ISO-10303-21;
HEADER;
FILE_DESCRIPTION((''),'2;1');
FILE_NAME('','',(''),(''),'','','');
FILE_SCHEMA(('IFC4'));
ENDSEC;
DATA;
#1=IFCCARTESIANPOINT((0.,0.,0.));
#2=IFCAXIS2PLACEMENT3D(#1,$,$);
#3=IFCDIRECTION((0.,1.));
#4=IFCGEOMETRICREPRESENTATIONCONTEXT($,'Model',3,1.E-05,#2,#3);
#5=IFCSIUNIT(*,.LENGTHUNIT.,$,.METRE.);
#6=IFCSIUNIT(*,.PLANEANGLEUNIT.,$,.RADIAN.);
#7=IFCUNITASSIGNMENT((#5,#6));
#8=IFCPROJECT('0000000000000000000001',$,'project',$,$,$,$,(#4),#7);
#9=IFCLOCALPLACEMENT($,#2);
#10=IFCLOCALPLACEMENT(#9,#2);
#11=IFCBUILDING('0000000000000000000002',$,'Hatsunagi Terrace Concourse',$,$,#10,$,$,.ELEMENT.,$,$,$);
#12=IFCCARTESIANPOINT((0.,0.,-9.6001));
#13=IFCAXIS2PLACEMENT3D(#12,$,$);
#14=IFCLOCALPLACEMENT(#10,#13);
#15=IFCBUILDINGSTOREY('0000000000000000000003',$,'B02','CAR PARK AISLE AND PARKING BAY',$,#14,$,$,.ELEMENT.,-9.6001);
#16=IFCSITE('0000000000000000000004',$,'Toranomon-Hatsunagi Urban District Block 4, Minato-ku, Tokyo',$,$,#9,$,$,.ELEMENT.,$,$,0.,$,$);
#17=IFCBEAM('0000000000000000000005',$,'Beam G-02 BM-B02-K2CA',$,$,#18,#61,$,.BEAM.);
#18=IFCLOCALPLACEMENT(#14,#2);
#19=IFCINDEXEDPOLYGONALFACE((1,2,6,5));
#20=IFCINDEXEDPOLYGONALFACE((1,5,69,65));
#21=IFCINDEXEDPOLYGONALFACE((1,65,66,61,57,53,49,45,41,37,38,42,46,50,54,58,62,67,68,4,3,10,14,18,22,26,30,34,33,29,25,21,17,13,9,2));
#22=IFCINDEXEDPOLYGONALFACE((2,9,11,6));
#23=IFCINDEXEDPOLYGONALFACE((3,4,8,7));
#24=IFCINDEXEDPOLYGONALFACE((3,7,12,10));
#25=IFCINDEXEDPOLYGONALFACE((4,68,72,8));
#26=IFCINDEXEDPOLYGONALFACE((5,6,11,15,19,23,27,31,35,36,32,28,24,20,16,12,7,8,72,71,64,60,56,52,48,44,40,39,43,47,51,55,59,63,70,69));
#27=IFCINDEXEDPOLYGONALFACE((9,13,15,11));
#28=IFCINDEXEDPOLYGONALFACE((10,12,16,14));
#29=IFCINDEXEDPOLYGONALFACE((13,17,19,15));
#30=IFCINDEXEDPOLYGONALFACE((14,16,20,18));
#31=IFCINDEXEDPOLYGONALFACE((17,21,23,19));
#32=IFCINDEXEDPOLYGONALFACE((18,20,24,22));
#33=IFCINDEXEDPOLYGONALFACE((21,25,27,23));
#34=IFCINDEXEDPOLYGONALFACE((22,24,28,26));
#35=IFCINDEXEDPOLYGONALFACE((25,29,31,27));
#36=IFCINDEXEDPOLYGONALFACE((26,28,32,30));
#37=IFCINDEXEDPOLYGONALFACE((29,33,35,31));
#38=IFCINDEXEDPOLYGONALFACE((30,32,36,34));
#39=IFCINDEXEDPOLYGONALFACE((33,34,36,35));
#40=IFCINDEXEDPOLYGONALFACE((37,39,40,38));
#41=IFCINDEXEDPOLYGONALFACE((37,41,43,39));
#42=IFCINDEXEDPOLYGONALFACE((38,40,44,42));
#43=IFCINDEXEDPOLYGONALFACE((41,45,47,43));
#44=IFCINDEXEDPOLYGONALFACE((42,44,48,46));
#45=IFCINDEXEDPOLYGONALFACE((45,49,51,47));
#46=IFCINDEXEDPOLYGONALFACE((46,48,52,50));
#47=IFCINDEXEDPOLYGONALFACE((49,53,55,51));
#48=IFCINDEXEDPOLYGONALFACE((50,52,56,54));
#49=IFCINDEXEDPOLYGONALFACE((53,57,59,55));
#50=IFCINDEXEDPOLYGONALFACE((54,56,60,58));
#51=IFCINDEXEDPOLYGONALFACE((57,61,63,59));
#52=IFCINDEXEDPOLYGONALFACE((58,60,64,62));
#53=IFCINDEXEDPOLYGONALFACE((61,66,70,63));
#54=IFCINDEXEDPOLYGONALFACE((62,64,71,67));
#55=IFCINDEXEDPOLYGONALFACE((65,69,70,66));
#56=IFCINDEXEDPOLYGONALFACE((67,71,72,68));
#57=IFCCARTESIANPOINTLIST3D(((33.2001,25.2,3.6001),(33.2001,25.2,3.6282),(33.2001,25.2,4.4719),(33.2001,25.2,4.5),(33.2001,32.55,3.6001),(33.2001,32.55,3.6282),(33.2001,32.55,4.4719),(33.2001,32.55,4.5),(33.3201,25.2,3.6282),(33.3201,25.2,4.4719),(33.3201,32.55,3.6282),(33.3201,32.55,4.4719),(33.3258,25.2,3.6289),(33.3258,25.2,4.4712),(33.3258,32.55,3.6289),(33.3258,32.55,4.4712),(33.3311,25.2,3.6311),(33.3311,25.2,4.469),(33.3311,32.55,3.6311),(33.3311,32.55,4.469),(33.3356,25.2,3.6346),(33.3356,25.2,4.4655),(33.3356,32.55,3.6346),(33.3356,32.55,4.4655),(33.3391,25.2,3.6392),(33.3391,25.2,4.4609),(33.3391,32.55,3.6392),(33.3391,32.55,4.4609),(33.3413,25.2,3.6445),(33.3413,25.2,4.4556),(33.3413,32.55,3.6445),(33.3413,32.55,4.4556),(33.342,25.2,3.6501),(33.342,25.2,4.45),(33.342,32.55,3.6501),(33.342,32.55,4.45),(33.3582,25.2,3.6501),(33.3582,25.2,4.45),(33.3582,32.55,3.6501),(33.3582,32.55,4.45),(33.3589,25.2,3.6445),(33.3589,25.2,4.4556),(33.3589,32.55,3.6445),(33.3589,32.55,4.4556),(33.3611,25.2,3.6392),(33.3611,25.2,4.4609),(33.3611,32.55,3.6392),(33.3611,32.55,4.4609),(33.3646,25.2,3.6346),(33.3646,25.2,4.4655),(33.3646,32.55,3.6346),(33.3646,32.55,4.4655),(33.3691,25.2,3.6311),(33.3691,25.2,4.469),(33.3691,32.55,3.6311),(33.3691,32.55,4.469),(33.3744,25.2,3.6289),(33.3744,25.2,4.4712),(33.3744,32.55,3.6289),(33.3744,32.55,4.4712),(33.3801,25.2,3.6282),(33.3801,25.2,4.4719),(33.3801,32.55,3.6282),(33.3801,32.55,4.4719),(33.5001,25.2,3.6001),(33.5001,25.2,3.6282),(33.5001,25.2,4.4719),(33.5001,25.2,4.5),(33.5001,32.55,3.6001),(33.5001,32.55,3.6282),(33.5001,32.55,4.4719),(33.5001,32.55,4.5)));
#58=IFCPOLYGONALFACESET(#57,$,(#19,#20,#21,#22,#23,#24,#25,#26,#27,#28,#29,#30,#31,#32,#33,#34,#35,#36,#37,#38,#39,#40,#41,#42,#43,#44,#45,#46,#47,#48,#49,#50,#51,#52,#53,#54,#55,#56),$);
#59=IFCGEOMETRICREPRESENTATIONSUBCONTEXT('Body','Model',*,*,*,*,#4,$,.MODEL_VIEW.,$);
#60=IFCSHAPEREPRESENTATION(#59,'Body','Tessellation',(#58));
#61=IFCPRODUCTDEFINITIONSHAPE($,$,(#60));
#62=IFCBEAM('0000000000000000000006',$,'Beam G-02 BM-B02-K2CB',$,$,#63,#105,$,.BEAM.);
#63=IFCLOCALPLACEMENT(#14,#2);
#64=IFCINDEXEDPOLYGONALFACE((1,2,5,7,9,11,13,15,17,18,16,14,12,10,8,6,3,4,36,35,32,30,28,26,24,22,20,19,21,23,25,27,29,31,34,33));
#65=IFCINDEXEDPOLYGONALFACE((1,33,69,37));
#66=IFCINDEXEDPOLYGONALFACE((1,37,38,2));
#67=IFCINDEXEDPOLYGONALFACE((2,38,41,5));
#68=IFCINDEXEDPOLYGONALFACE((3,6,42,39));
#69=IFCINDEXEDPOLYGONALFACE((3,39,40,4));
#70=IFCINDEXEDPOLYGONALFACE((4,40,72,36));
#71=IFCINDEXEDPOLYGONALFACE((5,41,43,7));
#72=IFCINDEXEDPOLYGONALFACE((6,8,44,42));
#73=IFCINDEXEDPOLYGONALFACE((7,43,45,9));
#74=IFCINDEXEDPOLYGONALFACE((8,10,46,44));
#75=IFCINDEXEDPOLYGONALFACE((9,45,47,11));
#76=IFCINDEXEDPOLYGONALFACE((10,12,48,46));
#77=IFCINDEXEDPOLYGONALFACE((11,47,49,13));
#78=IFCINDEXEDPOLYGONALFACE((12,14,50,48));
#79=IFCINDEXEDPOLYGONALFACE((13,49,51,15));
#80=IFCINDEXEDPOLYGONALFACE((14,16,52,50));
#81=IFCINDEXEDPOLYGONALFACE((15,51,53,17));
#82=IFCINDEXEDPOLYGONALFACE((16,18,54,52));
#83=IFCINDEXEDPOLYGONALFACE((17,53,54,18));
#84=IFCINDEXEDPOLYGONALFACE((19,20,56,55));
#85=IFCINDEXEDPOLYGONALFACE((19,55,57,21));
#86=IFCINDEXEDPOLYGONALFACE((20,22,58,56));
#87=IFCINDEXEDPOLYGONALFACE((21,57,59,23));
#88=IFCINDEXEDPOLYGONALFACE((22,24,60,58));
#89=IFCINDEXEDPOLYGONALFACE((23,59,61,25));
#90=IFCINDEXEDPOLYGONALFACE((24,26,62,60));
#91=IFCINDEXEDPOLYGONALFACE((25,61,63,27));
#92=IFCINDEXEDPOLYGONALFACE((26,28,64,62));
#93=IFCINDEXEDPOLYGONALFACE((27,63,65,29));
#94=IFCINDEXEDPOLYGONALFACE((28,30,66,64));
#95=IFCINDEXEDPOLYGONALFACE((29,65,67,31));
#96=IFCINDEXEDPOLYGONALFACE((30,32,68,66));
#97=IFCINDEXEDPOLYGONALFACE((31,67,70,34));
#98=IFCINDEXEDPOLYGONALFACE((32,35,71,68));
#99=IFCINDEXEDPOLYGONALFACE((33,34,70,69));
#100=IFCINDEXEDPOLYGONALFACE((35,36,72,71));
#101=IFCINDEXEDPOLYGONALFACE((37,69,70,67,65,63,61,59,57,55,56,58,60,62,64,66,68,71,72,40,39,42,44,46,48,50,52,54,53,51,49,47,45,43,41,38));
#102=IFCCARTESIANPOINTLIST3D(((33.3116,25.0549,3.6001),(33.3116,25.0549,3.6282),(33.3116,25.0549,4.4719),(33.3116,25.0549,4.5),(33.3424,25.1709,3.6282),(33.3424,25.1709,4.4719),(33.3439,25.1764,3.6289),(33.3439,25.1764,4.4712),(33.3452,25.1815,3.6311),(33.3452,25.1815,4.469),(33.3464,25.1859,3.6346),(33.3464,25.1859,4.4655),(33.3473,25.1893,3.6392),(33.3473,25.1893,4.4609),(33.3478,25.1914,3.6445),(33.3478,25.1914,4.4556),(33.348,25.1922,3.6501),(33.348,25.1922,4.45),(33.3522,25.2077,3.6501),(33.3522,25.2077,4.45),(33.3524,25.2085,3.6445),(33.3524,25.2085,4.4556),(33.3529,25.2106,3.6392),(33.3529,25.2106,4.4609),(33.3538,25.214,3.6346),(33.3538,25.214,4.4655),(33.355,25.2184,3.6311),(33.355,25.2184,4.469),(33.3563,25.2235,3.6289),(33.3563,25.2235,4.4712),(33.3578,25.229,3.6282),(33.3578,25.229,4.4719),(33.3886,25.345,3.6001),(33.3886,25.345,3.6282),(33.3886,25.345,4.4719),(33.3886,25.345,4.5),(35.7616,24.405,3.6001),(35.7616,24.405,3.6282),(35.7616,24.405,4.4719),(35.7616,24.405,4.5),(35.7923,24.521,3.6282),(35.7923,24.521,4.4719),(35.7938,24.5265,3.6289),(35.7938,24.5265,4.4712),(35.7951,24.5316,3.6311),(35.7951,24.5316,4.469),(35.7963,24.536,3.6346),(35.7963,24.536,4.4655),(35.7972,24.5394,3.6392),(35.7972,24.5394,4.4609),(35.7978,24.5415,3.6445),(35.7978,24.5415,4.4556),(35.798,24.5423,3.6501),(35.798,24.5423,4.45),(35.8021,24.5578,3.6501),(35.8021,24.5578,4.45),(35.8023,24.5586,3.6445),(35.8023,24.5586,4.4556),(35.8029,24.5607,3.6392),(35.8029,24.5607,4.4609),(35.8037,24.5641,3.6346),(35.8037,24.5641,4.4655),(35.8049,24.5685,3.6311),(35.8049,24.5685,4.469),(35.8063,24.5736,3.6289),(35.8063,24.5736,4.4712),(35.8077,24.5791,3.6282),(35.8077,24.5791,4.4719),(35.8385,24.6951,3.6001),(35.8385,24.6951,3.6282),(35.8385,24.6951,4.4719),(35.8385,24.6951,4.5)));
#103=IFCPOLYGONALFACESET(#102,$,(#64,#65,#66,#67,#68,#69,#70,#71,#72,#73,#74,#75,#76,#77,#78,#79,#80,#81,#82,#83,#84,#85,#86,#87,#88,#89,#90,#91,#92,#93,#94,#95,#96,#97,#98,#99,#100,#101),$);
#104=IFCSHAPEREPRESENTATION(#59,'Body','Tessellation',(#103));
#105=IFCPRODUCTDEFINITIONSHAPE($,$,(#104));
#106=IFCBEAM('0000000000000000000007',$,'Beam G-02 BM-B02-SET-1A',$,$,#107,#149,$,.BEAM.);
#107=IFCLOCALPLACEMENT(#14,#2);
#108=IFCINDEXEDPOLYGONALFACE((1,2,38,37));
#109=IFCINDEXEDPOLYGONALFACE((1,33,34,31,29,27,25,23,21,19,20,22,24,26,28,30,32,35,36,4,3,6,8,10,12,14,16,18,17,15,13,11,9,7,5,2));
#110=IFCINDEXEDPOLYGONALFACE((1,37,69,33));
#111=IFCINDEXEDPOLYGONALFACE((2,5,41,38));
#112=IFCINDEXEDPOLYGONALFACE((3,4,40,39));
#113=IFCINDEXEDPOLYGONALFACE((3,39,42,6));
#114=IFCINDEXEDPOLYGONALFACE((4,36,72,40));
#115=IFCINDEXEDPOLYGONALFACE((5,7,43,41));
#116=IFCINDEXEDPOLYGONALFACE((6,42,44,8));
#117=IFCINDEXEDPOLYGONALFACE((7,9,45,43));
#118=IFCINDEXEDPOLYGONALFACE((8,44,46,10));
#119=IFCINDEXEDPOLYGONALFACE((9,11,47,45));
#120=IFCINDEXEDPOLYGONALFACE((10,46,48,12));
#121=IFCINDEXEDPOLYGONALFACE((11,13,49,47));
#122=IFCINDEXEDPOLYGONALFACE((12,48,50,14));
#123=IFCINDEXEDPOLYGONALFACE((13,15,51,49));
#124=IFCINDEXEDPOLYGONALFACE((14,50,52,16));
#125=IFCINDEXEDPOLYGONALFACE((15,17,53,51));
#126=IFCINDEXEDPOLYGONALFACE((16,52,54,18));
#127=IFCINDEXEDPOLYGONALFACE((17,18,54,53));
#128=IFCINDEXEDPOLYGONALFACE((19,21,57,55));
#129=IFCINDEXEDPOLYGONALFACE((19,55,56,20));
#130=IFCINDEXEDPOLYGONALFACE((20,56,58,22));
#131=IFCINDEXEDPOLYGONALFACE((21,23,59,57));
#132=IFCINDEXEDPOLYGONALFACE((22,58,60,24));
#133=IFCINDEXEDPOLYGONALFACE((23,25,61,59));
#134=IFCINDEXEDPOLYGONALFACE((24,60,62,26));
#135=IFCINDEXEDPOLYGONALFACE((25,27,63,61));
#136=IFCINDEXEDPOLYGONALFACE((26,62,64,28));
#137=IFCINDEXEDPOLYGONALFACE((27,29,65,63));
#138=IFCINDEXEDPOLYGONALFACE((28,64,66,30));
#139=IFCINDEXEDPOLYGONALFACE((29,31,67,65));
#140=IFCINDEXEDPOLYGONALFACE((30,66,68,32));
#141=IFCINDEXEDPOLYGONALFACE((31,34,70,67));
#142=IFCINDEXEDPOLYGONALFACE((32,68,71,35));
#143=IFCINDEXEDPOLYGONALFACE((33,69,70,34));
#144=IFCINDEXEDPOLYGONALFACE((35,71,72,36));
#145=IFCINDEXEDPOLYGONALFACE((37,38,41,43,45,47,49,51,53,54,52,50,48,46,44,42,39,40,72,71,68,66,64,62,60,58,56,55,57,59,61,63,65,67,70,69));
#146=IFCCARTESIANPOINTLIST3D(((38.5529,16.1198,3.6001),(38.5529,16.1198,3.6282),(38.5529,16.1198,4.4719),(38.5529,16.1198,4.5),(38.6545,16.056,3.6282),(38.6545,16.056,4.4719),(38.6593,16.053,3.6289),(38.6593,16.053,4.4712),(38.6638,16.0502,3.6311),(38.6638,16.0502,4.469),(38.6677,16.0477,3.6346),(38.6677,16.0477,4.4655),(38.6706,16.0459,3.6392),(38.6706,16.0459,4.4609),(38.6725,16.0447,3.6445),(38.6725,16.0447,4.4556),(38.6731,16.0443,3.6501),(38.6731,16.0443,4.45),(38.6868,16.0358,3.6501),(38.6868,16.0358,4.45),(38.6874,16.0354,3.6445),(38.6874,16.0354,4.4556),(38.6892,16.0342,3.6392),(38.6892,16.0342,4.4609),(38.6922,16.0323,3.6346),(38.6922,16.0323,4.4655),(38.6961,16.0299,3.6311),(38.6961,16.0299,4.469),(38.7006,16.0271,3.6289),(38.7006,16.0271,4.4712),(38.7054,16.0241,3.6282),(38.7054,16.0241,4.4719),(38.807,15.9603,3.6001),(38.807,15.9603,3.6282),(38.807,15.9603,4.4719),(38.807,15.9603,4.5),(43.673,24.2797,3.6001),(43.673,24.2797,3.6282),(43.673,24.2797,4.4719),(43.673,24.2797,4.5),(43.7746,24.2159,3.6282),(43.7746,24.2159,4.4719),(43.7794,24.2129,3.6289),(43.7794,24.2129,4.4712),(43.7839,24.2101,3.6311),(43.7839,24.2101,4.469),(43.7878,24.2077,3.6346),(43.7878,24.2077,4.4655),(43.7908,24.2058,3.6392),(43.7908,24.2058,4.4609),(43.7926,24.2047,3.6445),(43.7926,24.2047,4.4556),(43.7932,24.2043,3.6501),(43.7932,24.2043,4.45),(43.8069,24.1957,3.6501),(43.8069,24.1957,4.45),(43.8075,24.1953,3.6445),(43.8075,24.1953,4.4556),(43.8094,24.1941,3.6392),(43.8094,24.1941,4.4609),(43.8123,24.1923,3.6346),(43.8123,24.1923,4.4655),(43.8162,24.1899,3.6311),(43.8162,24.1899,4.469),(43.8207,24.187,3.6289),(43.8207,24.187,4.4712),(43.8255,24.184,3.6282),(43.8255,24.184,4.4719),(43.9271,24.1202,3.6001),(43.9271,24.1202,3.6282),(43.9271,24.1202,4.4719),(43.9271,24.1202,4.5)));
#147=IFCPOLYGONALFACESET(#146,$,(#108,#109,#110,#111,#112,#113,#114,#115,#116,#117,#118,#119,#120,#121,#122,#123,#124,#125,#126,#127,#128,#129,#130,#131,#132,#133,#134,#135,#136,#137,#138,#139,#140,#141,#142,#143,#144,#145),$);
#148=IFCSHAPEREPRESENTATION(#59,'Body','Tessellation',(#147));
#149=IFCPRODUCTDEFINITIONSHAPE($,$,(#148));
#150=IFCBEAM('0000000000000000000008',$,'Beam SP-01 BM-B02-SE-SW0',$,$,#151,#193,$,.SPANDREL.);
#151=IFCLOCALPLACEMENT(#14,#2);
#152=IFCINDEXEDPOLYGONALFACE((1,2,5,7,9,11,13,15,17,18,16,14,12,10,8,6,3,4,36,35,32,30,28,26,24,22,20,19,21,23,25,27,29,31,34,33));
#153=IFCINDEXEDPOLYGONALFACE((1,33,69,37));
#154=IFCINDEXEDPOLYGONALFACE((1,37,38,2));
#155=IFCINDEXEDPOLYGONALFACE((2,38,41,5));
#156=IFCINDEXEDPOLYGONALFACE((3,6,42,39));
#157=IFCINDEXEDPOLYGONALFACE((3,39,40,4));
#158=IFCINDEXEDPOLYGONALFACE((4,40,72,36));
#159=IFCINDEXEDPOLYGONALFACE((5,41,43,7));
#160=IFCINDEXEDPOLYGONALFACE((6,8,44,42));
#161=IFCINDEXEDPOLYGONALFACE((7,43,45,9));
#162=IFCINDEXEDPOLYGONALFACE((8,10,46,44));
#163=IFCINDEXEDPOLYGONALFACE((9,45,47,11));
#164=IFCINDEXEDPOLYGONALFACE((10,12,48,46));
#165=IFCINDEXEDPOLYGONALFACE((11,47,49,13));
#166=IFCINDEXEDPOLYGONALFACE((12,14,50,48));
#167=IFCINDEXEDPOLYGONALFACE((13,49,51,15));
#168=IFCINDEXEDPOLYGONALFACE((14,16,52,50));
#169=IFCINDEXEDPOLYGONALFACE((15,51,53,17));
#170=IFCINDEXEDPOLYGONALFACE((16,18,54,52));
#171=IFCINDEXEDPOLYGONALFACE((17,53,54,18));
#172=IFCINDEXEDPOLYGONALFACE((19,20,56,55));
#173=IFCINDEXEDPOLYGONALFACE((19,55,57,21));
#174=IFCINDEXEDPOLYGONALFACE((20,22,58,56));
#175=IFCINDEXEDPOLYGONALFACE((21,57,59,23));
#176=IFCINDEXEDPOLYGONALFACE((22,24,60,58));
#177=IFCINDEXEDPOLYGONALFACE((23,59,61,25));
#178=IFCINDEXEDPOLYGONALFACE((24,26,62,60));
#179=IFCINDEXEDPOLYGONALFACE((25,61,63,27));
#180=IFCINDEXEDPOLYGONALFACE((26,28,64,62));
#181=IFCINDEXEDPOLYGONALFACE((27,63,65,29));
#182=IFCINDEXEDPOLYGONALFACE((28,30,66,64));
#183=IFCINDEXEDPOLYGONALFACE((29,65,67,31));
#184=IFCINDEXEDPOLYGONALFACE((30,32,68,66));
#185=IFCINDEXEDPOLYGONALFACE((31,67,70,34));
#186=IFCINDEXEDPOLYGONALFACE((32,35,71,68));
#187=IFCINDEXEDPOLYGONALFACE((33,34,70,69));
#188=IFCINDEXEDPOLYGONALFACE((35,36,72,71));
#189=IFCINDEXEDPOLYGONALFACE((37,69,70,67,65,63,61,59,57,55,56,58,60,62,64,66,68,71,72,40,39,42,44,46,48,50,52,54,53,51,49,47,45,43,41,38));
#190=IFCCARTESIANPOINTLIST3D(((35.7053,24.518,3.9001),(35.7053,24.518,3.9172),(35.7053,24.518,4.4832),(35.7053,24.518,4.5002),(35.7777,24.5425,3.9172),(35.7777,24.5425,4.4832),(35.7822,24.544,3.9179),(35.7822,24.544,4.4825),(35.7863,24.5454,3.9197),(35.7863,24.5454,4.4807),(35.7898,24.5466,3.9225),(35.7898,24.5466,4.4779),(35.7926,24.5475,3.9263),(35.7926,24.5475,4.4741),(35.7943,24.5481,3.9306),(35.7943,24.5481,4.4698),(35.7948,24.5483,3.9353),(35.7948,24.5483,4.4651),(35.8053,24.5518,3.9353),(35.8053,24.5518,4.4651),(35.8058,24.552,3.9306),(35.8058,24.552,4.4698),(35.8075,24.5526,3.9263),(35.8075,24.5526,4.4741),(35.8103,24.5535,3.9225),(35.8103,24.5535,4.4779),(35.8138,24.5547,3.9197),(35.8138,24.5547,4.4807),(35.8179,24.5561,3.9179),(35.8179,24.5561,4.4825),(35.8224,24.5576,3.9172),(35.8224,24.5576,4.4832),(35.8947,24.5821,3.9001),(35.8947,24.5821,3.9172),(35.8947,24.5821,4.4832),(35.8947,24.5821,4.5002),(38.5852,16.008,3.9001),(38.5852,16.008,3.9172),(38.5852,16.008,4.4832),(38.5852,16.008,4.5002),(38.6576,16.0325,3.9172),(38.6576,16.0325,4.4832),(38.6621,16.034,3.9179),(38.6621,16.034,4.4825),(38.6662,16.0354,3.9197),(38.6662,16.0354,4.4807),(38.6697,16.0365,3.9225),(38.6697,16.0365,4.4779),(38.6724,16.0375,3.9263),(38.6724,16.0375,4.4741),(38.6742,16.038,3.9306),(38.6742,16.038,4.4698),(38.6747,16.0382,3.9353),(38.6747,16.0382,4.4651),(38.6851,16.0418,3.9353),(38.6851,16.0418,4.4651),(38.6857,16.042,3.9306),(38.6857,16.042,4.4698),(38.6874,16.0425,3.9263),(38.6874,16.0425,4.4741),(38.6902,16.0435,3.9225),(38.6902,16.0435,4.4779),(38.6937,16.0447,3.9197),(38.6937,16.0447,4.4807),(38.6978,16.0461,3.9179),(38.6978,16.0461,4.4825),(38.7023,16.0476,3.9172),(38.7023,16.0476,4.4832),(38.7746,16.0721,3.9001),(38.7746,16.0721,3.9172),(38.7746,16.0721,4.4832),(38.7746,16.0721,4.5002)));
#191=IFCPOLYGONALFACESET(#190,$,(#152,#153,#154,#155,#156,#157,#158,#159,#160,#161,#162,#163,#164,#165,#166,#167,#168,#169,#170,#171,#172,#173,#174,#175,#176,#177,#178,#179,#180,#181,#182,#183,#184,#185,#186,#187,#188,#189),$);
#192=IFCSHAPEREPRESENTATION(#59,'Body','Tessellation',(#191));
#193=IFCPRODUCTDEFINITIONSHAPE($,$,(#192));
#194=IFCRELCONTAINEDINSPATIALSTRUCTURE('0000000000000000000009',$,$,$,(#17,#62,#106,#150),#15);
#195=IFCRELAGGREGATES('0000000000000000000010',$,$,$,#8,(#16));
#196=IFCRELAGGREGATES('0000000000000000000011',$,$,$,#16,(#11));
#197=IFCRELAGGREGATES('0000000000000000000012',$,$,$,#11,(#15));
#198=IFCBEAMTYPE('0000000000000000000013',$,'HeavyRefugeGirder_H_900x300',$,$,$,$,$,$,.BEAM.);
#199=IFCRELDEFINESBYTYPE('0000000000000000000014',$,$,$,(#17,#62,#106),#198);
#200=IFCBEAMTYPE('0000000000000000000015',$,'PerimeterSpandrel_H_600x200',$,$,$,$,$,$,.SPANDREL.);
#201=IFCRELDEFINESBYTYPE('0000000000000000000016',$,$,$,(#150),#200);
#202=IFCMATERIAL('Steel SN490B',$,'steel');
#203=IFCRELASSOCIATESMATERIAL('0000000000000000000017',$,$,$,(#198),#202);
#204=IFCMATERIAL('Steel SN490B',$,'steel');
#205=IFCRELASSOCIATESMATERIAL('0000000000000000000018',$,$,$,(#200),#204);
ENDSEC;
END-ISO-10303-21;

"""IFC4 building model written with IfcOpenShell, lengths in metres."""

from ifc_helpers import new_model, si_unit, direction, frame, origin, origin_2d, place, context, subcontext, project, spatial, i_section, extrude, material, material_profile, profile_set, type_object, element, save


model = new_model("IFC4")

# Units and contexts
model_context = context("Model", 3, precision=1e-05, world=origin(), true_north=direction((0.0, 1.0)))
body_context = subcontext(model_context, "Body", "Model", "MODEL_VIEW")
ifc_project = project(units=[si_unit("LENGTHUNIT", "METRE"), si_unit("PLANEANGLEUNIT", "RADIAN")], contexts=[model_context])

# Site, building, storey
site_placement = place(None, origin())
site = spatial("IfcSite", under=ifc_project, at=site_placement, Name="Toranomon-Hatsunagi Urban District Block 4, Minato-ku, Tokyo", CompositionType="ELEMENT", RefElevation=0.0)
building_placement = place(site_placement, origin())
building = spatial("IfcBuilding", under=site, at=building_placement, Name="Hatsunagi Terrace Concourse", CompositionType="ELEMENT")
storey_placement = place(building_placement, frame((0.0, 0.0, -9.6001)))
storey = spatial("IfcBuildingStorey", under=building, at=storey_placement, Name="B02", Description="CAR PARK AISLE AND PARKING BAY", CompositionType="ELEMENT", Elevation=-9.6001)

# Beams
ifc_material_1 = material(Name="Steel SN490B", Category="steel")
ifc_material_profile_1 = material_profile(ifc_material_1, i_section(OverallWidth=0.3, OverallDepth=0.8999, WebThickness=0.0161, FlangeThickness=0.0281, FilletRadius=0.022, at=origin_2d()), Name="H-900x300x16x28")
ifc_profile_set_1 = profile_set([ifc_material_profile_1], Name="Steel SN490B")
beam_type_1 = type_object("IfcBeamType", Name="HeavyRefugeGirder_H_900x300", PredefinedType="BEAM", material=ifc_profile_set_1)
beam_1_placement = place(storey_placement, frame((33.3501, 25.2, 4.05), z_axis=(0.0, 1.0, 0.0), x_axis=(-1.0, 0.0, 0.0)))
element("IfcBeam", 1, at=beam_1_placement, inside=storey, type_object=beam_type_1, Name="Beam G-02 BM-B02-K2CA", PredefinedType="BEAM", context=body_context, shape_type="SweptSolid", body=[
    extrude(i_section(OverallWidth=0.3, OverallDepth=0.8999, WebThickness=0.0161, FlangeThickness=0.0281, FilletRadius=0.022, at=origin_2d()), origin(), (0.0, 0.0, 1.0), 7.3501),
])
beam_2_placement = place(storey_placement, frame((33.3501, 25.2, 4.05), z_axis=(0.96657, -0.256403, 0.0), x_axis=(0.256403, 0.96657, 0.0)))
element("IfcBeam", 2, at=beam_2_placement, inside=storey, type_object=beam_type_1, Name="Beam G-02 BM-B02-K2CB", PredefinedType="BEAM", context=body_context, shape_type="SweptSolid", body=[
    extrude(i_section(OverallWidth=0.3, OverallDepth=0.8999, WebThickness=0.0161, FlangeThickness=0.0281, FilletRadius=0.022, at=origin_2d()), origin(), (0.0, 0.0, 1.0), 2.5347),
])
beam_3_placement = place(storey_placement, frame((38.6799, 16.04, 4.05), z_axis=(0.531504, 0.847056, 0.0), x_axis=(-0.847056, 0.531504, 0.0)))
element("IfcBeam", 3, at=beam_3_placement, inside=storey, type_object=beam_type_1, Name="Beam G-02 BM-B02-SET-1A", PredefinedType="BEAM", context=body_context, shape_type="SweptSolid", body=[
    extrude(i_section(OverallWidth=0.3, OverallDepth=0.8999, WebThickness=0.0161, FlangeThickness=0.0281, FilletRadius=0.022, at=origin_2d()), origin(), (0.0, 0.0, 1.0), 9.6333),
])
ifc_material_2 = material(Name="Steel SN490B", Category="steel")
ifc_material_profile_2 = material_profile(ifc_material_2, i_section(OverallWidth=0.2, OverallDepth=0.6001, WebThickness=0.011, FlangeThickness=0.0171, FilletRadius=0.0181, at=origin_2d()), Name="H-600x200x11x17")
ifc_profile_set_2 = profile_set([ifc_material_profile_2], Name="Steel SN490B")
beam_type_2 = type_object("IfcBeamType", Name="PerimeterSpandrel_H_600x200", PredefinedType="SPANDREL", material=ifc_profile_set_2)
beam_4_placement = place(storey_placement, frame((35.8, 24.55, 4.2002), z_axis=(0.320553, -0.94723, 0.0), x_axis=(0.94723, 0.320553, 0.0)))
element("IfcBeam", 4, at=beam_4_placement, inside=storey, type_object=beam_type_2, Name="Beam SP-01 BM-B02-SE-SW0", PredefinedType="SPANDREL", context=body_context, shape_type="SweptSolid", body=[
    extrude(i_section(OverallWidth=0.2, OverallDepth=0.6001, WebThickness=0.011, FlangeThickness=0.0171, FilletRadius=0.0181, at=origin_2d()), origin(), (0.0, 0.0, 1.0), 8.9841),
])

save(model, "model.ifc")
